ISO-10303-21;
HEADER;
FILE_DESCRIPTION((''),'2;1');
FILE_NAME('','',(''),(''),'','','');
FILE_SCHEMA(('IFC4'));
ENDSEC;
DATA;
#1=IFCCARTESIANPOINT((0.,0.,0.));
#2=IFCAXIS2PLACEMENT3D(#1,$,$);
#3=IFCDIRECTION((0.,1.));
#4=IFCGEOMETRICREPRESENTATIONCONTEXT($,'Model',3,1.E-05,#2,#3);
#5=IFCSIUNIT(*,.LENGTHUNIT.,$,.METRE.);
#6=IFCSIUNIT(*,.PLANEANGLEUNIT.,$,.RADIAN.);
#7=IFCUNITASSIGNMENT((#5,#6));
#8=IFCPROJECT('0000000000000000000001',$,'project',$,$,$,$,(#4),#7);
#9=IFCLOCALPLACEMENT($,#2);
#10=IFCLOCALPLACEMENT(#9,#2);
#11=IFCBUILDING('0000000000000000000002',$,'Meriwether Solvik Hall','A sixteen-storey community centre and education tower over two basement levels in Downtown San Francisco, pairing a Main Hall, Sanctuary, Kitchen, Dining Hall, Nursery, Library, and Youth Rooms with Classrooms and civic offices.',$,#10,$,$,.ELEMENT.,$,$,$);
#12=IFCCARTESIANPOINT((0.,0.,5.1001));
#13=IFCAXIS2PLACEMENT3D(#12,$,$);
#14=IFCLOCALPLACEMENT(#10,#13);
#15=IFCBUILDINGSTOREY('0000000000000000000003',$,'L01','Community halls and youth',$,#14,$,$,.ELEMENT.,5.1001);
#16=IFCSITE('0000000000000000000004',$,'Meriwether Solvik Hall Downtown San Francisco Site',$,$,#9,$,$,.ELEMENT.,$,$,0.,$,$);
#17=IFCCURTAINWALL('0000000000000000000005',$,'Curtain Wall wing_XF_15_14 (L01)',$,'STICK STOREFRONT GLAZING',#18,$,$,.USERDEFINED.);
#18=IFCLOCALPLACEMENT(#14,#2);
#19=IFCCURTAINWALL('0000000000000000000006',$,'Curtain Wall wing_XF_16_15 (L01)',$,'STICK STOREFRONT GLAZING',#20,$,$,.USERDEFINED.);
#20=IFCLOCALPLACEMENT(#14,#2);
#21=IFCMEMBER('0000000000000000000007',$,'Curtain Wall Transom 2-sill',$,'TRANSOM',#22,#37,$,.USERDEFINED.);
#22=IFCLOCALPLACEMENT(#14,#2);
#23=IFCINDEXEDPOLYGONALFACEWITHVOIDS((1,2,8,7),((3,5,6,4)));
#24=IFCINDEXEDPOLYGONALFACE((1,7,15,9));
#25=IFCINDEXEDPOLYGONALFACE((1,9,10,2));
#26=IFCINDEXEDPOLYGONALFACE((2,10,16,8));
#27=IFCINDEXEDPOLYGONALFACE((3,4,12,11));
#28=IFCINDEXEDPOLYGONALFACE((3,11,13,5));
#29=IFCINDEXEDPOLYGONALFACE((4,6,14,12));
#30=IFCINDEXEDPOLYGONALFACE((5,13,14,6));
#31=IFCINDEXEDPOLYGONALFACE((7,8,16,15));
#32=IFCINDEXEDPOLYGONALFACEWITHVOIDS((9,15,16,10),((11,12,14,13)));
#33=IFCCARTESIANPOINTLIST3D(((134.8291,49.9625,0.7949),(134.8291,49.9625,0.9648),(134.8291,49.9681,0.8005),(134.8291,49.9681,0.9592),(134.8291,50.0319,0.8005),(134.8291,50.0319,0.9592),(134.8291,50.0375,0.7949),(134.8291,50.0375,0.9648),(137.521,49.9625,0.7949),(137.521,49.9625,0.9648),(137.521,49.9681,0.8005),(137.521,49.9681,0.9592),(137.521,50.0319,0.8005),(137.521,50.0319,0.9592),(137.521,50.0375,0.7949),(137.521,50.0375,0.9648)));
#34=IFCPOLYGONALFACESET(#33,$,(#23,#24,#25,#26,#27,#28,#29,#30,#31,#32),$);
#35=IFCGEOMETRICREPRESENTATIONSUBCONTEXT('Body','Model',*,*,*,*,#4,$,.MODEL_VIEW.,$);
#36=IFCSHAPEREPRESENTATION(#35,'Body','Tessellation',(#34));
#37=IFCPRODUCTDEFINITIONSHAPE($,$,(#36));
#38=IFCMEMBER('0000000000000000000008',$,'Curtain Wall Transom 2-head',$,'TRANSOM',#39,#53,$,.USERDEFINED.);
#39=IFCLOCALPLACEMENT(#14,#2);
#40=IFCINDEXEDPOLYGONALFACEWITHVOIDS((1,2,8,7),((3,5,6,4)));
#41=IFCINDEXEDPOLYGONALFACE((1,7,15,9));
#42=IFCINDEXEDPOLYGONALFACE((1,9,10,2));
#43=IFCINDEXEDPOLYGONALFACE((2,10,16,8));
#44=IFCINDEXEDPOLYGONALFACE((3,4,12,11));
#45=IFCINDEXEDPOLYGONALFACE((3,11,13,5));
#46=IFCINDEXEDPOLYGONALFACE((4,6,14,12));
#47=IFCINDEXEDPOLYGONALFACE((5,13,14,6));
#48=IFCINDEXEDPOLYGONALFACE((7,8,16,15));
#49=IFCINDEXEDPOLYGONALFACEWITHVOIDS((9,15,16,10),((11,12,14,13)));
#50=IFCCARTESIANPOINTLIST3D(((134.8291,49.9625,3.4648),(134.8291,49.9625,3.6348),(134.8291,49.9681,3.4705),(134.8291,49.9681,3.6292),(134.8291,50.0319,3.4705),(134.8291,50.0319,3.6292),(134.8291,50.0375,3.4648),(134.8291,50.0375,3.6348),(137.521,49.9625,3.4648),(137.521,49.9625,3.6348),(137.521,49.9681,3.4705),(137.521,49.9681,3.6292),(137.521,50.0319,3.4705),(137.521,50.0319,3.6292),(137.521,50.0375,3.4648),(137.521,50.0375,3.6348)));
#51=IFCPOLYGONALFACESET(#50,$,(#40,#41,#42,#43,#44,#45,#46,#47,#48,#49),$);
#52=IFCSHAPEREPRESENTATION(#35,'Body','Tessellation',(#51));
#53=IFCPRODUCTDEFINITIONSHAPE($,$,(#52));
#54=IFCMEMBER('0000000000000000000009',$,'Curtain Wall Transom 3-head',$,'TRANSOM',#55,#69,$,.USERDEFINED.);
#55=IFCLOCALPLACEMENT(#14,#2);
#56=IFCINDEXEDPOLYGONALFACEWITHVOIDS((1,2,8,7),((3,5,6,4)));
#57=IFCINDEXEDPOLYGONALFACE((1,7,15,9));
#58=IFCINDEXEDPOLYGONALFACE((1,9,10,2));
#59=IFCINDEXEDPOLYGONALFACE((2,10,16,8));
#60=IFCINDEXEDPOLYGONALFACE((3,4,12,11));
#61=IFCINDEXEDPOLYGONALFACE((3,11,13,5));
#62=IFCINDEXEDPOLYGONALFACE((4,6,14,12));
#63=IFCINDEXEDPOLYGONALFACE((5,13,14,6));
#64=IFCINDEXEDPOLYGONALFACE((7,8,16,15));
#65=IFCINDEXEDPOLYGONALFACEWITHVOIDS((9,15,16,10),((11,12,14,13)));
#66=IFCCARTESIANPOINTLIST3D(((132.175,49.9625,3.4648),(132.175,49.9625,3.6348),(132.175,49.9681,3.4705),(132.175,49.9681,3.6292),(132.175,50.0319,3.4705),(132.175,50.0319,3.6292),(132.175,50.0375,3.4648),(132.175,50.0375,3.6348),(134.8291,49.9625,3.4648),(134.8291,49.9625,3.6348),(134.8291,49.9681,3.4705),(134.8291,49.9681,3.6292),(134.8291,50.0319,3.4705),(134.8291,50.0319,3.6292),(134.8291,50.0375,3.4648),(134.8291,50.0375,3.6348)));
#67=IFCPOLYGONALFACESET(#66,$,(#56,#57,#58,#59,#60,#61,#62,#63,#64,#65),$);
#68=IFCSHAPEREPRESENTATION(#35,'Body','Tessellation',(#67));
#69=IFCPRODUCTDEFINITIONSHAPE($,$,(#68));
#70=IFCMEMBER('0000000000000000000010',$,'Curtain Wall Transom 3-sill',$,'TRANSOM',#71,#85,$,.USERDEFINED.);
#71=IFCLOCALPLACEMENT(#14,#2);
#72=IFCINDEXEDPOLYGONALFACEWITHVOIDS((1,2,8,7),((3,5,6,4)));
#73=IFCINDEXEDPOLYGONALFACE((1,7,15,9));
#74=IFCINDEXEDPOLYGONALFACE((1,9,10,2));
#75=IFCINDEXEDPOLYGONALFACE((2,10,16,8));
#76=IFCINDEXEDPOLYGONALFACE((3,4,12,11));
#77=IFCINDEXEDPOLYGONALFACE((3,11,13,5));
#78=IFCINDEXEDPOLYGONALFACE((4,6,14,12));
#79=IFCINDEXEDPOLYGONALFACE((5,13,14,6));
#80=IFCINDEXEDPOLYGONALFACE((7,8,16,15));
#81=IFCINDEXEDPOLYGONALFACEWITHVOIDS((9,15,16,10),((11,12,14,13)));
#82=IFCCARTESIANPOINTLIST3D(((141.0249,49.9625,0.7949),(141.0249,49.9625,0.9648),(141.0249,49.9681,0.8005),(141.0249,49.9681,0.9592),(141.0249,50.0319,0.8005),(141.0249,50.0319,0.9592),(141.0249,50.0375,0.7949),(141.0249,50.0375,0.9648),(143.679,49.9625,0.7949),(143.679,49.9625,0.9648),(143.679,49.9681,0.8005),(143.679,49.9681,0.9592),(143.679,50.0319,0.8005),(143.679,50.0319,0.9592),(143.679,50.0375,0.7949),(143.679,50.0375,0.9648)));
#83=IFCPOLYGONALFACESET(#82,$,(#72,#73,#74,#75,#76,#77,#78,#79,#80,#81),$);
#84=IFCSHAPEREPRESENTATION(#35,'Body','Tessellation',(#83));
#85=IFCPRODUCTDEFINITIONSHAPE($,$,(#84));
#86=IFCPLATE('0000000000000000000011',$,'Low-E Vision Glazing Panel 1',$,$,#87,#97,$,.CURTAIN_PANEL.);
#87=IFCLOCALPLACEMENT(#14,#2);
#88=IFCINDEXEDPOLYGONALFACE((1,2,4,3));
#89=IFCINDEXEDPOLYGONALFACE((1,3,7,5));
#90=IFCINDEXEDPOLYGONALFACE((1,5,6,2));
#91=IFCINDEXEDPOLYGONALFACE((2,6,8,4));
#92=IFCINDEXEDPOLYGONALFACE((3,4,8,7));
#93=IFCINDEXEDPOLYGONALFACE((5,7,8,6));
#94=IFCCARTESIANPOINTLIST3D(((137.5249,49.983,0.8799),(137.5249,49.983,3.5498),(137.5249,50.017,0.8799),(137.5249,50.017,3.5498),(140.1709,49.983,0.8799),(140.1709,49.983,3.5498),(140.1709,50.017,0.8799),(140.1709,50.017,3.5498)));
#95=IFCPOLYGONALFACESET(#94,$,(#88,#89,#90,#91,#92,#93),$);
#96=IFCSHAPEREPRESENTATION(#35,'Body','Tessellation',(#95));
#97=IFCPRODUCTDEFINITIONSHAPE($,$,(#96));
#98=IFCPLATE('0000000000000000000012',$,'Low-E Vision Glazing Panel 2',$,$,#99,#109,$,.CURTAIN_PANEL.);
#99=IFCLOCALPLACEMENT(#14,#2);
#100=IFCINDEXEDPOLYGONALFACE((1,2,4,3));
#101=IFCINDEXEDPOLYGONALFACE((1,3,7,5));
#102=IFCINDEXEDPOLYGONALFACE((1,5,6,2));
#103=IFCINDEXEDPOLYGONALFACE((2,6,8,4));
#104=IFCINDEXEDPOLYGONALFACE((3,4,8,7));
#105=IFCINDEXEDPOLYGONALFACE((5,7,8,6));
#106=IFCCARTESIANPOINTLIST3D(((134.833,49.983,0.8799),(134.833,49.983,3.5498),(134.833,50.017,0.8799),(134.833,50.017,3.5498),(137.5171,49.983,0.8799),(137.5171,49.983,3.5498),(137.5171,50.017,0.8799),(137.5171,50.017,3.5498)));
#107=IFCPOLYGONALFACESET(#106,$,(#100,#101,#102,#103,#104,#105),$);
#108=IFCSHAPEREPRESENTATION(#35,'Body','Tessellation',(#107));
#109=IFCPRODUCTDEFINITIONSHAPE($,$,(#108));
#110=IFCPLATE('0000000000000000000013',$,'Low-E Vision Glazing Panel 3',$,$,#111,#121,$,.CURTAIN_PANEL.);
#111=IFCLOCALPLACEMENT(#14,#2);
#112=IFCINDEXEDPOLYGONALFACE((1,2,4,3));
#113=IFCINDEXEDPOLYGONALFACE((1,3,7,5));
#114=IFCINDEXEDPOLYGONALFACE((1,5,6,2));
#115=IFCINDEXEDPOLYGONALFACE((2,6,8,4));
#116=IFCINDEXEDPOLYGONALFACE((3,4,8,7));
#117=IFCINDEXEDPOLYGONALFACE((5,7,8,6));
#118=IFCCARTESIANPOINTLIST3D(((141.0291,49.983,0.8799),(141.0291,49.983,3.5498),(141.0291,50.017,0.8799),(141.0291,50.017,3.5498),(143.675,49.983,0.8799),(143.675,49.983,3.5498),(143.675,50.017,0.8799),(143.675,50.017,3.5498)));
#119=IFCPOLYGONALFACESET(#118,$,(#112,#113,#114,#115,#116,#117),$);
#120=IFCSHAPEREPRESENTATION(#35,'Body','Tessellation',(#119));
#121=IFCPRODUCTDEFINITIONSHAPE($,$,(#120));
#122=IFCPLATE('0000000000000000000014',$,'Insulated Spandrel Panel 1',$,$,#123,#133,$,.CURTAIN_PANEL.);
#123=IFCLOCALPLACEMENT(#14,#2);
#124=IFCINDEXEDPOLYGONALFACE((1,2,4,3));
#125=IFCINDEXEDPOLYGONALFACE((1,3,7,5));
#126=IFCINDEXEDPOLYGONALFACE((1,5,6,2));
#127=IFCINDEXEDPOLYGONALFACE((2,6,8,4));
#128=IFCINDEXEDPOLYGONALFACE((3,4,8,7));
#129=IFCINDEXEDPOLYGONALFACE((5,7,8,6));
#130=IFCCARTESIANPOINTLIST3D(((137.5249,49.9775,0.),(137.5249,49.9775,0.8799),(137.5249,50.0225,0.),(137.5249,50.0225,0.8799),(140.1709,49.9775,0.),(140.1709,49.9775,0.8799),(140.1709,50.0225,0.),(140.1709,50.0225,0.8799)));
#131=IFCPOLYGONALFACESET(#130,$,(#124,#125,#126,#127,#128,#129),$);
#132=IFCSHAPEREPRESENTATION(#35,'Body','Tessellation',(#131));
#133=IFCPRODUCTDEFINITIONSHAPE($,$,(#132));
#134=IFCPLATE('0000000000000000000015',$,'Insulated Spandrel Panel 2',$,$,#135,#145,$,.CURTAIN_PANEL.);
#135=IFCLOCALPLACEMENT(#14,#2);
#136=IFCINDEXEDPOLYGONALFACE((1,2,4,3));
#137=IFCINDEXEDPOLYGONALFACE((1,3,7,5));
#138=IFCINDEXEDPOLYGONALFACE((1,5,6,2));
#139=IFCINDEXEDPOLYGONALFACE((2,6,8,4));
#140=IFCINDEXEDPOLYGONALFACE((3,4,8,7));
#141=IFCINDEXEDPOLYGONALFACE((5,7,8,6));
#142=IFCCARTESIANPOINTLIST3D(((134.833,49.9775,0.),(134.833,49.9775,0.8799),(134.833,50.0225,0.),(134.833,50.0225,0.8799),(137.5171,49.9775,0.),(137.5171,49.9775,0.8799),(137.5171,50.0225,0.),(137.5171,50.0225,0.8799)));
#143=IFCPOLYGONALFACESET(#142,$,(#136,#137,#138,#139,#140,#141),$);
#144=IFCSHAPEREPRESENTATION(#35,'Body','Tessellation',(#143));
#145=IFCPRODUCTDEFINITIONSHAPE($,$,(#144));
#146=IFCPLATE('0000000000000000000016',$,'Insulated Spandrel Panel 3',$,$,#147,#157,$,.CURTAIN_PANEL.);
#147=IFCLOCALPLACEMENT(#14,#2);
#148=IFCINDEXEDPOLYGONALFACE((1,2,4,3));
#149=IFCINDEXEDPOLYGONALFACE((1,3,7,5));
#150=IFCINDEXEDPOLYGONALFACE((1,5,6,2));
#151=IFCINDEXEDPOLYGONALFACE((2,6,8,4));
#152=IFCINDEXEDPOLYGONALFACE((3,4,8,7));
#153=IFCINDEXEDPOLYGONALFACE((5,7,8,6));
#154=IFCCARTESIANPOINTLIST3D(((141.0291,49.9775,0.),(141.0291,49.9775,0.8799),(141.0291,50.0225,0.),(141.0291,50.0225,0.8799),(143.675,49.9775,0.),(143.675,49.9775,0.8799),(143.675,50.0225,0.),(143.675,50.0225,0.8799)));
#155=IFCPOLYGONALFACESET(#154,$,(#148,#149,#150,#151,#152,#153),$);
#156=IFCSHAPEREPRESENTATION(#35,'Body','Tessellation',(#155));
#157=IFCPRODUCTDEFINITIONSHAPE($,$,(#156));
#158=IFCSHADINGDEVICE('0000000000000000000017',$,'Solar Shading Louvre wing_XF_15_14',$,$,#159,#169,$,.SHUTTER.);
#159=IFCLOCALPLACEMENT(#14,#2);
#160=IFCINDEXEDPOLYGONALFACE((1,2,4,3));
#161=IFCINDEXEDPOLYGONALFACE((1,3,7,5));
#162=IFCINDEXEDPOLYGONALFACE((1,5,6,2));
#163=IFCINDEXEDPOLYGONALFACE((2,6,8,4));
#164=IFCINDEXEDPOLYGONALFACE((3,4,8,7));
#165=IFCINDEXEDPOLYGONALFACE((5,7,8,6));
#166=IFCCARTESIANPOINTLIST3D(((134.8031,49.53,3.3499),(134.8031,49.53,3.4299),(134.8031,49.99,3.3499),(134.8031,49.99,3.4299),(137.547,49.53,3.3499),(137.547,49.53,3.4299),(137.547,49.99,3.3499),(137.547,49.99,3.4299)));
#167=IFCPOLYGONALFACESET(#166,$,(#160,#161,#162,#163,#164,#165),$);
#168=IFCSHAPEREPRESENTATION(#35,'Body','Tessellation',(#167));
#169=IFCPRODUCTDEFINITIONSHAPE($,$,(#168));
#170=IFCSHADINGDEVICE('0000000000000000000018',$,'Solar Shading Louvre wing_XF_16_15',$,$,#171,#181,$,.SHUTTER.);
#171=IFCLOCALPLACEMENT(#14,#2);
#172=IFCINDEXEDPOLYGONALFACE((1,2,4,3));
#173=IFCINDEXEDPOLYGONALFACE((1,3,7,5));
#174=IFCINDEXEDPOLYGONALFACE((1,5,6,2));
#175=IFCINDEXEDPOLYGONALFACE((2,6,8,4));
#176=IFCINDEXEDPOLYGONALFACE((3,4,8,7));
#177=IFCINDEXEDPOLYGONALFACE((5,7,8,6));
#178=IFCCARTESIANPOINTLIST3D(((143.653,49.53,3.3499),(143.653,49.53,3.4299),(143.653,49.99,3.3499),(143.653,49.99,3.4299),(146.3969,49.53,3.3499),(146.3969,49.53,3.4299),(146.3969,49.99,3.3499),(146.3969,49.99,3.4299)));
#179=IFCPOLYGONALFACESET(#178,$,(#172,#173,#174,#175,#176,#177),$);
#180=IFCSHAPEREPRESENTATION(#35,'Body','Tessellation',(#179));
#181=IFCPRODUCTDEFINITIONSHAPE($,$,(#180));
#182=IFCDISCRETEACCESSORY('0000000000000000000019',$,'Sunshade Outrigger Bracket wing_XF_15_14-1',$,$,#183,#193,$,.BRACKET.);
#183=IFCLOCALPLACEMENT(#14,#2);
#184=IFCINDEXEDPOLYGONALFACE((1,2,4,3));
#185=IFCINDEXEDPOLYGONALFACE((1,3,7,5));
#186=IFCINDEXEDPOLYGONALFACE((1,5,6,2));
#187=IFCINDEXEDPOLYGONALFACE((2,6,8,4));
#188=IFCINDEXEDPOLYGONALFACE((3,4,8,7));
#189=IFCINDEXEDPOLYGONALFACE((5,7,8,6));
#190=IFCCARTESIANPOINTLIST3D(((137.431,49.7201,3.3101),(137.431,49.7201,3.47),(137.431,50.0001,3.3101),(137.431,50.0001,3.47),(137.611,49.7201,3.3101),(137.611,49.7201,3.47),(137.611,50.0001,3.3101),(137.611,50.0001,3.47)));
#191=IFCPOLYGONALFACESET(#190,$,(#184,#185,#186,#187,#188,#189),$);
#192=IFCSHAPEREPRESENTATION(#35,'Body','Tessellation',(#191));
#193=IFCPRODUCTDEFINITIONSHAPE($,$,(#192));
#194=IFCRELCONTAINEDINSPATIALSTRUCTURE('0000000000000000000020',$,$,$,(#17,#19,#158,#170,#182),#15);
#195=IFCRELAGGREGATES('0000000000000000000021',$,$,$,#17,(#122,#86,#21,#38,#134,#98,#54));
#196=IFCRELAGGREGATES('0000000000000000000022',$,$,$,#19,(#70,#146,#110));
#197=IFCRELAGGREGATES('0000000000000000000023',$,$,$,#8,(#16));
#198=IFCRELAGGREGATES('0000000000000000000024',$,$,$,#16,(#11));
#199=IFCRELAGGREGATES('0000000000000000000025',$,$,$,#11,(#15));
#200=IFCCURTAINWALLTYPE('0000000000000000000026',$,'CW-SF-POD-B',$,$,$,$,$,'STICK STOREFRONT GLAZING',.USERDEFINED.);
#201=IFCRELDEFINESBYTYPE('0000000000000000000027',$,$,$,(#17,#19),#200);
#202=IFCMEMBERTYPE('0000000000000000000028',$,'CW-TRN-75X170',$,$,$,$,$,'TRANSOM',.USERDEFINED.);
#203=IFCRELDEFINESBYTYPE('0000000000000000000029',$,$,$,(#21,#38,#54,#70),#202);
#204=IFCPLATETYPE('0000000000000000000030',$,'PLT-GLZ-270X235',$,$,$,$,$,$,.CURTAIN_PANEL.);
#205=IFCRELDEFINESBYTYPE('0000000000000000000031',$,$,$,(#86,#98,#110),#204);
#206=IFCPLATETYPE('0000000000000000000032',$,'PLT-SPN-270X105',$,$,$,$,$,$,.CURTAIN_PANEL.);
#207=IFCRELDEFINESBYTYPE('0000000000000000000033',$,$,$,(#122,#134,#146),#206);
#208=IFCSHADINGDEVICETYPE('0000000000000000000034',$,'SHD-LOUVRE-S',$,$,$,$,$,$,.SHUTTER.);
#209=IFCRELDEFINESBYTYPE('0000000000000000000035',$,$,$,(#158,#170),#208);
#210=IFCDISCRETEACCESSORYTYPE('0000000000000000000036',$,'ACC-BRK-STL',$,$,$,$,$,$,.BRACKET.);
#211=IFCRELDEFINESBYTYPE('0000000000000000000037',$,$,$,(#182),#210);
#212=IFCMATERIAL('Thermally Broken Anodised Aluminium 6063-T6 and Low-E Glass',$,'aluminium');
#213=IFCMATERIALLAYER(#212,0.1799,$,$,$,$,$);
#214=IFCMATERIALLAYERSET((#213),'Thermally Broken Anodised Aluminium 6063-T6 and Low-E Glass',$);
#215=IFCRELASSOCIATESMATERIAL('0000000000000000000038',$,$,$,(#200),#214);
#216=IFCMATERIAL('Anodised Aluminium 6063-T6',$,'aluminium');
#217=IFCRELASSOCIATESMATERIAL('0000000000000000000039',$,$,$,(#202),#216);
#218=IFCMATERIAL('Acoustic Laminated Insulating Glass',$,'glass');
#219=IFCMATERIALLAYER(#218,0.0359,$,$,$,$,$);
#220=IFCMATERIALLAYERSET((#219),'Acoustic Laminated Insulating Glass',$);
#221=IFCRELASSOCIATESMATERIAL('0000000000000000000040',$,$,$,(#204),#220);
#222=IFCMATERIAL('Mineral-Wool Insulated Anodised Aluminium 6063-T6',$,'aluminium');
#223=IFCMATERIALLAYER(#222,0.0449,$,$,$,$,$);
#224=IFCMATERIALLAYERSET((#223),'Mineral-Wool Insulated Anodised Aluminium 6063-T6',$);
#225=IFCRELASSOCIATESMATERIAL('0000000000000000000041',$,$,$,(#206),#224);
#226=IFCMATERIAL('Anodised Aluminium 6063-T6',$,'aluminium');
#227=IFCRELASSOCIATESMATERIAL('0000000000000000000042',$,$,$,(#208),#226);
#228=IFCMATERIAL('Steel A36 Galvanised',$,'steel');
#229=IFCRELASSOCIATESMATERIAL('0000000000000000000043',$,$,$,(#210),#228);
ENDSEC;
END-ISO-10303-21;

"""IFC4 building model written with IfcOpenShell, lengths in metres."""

from ifc_helpers import new_model, si_unit, direction, frame, origin, origin_2d, place, context, subcontext, project, spatial, rectangle, hollow_rectangle, extrude, material, layer, layer_set, material_profile, profile_set, type_object, element, aggregate, save


model = new_model("IFC4")

# Units and contexts
model_context = context("Model", 3, precision=1e-05, world=origin(), true_north=direction((0.0, 1.0)))
body_context = subcontext(model_context, "Body", "Model", "MODEL_VIEW")
ifc_project = project(units=[si_unit("LENGTHUNIT", "METRE"), si_unit("PLANEANGLEUNIT", "RADIAN")], contexts=[model_context])

# Site, building, storey
site_placement = place(None, origin())
site = spatial("IfcSite", under=ifc_project, at=site_placement, Name="Meriwether Solvik Hall Downtown San Francisco Site", CompositionType="ELEMENT", RefElevation=0.0)
building_placement = place(site_placement, origin())
building = spatial("IfcBuilding", under=site, at=building_placement, Name="Meriwether Solvik Hall", Description="A sixteen-storey community centre and education tower over two basement levels in Downtown San Francisco, pairing a Main Hall, Sanctuary, Kitchen, Dining Hall, Nursery, Library, and Youth Rooms with Classrooms and civic offices.", CompositionType="ELEMENT")
storey_placement = place(building_placement, frame((0.0, 0.0, 5.1001)))
storey = spatial("IfcBuildingStorey", under=building, at=storey_placement, Name="L01", Description="Community halls and youth", CompositionType="ELEMENT", Elevation=5.1001)

# Curtain walls
ifc_material_1 = material(Name="Thermally Broken Anodised Aluminium 6063-T6 and Low-E Glass", Category="aluminium")
ifc_layer_1 = layer(ifc_material_1, 0.1799)
ifc_layer_set_1 = layer_set([ifc_layer_1], Name="Thermally Broken Anodised Aluminium 6063-T6 and Low-E Glass")
curtain_wall_type = type_object("IfcCurtainWallType", Name="CW-SF-POD-B", ElementType="STICK STOREFRONT GLAZING", PredefinedType="USERDEFINED", material=ifc_layer_set_1)
curtain_wall_1_placement = place(storey_placement, origin())
curtain_wall_1 = element("IfcCurtainWall", 1, at=curtain_wall_1_placement, inside=storey, type_object=curtain_wall_type, Name="Curtain Wall wing_XF_15_14 (L01)", ObjectType="STICK STOREFRONT GLAZING", PredefinedType="USERDEFINED")
curtain_wall_2_placement = place(storey_placement, origin())
curtain_wall_2 = element("IfcCurtainWall", 2, at=curtain_wall_2_placement, inside=storey, type_object=curtain_wall_type, Name="Curtain Wall wing_XF_16_15 (L01)", ObjectType="STICK STOREFRONT GLAZING", PredefinedType="USERDEFINED")

# Members
ifc_material_2 = material(Name="Anodised Aluminium 6063-T6", Category="aluminium")
ifc_material_profile_1 = material_profile(ifc_material_2, hollow_rectangle(XDim=0.075, YDim=0.1699, WallThickness=0.0056, at=origin_2d()), Name="CWT-75X170")
ifc_profile_set_1 = profile_set([ifc_material_profile_1], Name="Anodised Aluminium 6063-T6")
member_type_1 = type_object("IfcMemberType", Name="CW-TRN-75X170", ElementType="TRANSOM", PredefinedType="USERDEFINED", material=ifc_profile_set_1)
member_1_placement = place(storey_placement, frame((137.521, 50.0, 0.8799), z_axis=(-1.0, 0.0, 0.0), x_axis=(0.0, -1.0, 0.0)))
member_1 = element("IfcMember", 3, at=member_1_placement, type_object=member_type_1, Name="Curtain Wall Transom 2-sill", ObjectType="TRANSOM", PredefinedType="USERDEFINED", context=body_context, shape_type="SweptSolid", body=[
    extrude(hollow_rectangle(XDim=0.075, YDim=0.1699, WallThickness=0.0056, at=origin_2d()), origin(), (0.0, 0.0, 1.0), 2.6919),
])
member_2_placement = place(storey_placement, frame((137.521, 50.0, 3.5498), z_axis=(-1.0, 0.0, 0.0), x_axis=(0.0, -1.0, 0.0)))
member_2 = element("IfcMember", 4, at=member_2_placement, type_object=member_type_1, Name="Curtain Wall Transom 2-head", ObjectType="TRANSOM", PredefinedType="USERDEFINED", context=body_context, shape_type="SweptSolid", body=[
    extrude(hollow_rectangle(XDim=0.075, YDim=0.1699, WallThickness=0.0056, at=origin_2d()), origin(), (0.0, 0.0, 1.0), 2.6919),
])
member_3_placement = place(storey_placement, frame((134.8291, 50.0, 3.5498), z_axis=(-1.0, 0.0, 0.0), x_axis=(0.0, -1.0, 0.0)))
member_3 = element("IfcMember", 5, at=member_3_placement, type_object=member_type_1, Name="Curtain Wall Transom 3-head", ObjectType="TRANSOM", PredefinedType="USERDEFINED", context=body_context, shape_type="SweptSolid", body=[
    extrude(hollow_rectangle(XDim=0.075, YDim=0.1699, WallThickness=0.0056, at=origin_2d()), origin(), (0.0, 0.0, 1.0), 2.6541),
])
member_4_placement = place(storey_placement, frame((143.679, 50.0, 0.8799), z_axis=(-1.0, 0.0, 0.0), x_axis=(0.0, -1.0, 0.0)))
member_4 = element("IfcMember", 6, at=member_4_placement, type_object=member_type_1, Name="Curtain Wall Transom 3-sill", ObjectType="TRANSOM", PredefinedType="USERDEFINED", context=body_context, shape_type="SweptSolid", body=[
    extrude(hollow_rectangle(XDim=0.075, YDim=0.1699, WallThickness=0.0056, at=origin_2d()), origin(), (0.0, 0.0, 1.0), 2.6541),
])

# Plates
ifc_material_3 = material(Name="Acoustic Laminated Insulating Glass", Category="glass")
ifc_layer_2 = layer(ifc_material_3, 0.0359)
ifc_layer_set_2 = layer_set([ifc_layer_2], Name="Acoustic Laminated Insulating Glass")
plate_type_1 = type_object("IfcPlateType", Name="PLT-GLZ-270X235", PredefinedType="CURTAIN_PANEL", material=ifc_layer_set_2)
plate_1_placement = place(storey_placement, frame((138.8479, 50.0, 0.8799), z_axis=(0.0, 0.0, 1.0), x_axis=(-1.0, 0.0, 0.0)))
plate_1 = element("IfcPlate", 7, at=plate_1_placement, type_object=plate_type_1, Name="Low-E Vision Glazing Panel 1", PredefinedType="CURTAIN_PANEL", context=body_context, shape_type="SweptSolid", body=[
    extrude(rectangle(XDim=2.646, YDim=0.0339, at=origin_2d()), origin(), (0.0, 0.0, 1.0), 2.6699),
])
plate_2_placement = place(storey_placement, frame((136.175, 50.0, 0.8799), z_axis=(0.0, 0.0, 1.0), x_axis=(-1.0, 0.0, 0.0)))
plate_2 = element("IfcPlate", 8, at=plate_2_placement, type_object=plate_type_1, Name="Low-E Vision Glazing Panel 2", PredefinedType="CURTAIN_PANEL", context=body_context, shape_type="SweptSolid", body=[
    extrude(rectangle(XDim=2.6841, YDim=0.0339, at=origin_2d()), origin(), (0.0, 0.0, 1.0), 2.6699),
])
plate_3_placement = place(storey_placement, frame((142.3521, 50.0, 0.8799), z_axis=(0.0, 0.0, 1.0), x_axis=(-1.0, 0.0, 0.0)))
plate_3 = element("IfcPlate", 9, at=plate_3_placement, type_object=plate_type_1, Name="Low-E Vision Glazing Panel 3", PredefinedType="CURTAIN_PANEL", context=body_context, shape_type="SweptSolid", body=[
    extrude(rectangle(XDim=2.646, YDim=0.0339, at=origin_2d()), origin(), (0.0, 0.0, 1.0), 2.6699),
])
ifc_material_4 = material(Name="Mineral-Wool Insulated Anodised Aluminium 6063-T6", Category="aluminium")
ifc_layer_3 = layer(ifc_material_4, 0.0449)
ifc_layer_set_3 = layer_set([ifc_layer_3], Name="Mineral-Wool Insulated Anodised Aluminium 6063-T6")
plate_type_2 = type_object("IfcPlateType", Name="PLT-SPN-270X105", PredefinedType="CURTAIN_PANEL", material=ifc_layer_set_3)
plate_4_placement = place(storey_placement, frame((138.8479, 50.0, 0.0), z_axis=(0.0, 0.0, 1.0), x_axis=(-1.0, 0.0, 0.0)))
plate_4 = element("IfcPlate", 10, at=plate_4_placement, type_object=plate_type_2, Name="Insulated Spandrel Panel 1", PredefinedType="CURTAIN_PANEL", context=body_context, shape_type="SweptSolid", body=[
    extrude(rectangle(XDim=2.646, YDim=0.0449, at=origin_2d()), origin(), (0.0, 0.0, 1.0), 0.8799),
])
plate_5_placement = place(storey_placement, frame((136.175, 50.0, 0.0), z_axis=(0.0, 0.0, 1.0), x_axis=(-1.0, 0.0, 0.0)))
plate_5 = element("IfcPlate", 11, at=plate_5_placement, type_object=plate_type_2, Name="Insulated Spandrel Panel 2", PredefinedType="CURTAIN_PANEL", context=body_context, shape_type="SweptSolid", body=[
    extrude(rectangle(XDim=2.6841, YDim=0.0449, at=origin_2d()), origin(), (0.0, 0.0, 1.0), 0.8799),
])
aggregate(curtain_wall_1, [plate_4, plate_1, member_1, member_2, plate_5, plate_2, member_3])
plate_6_placement = place(storey_placement, frame((142.3521, 50.0, 0.0), z_axis=(0.0, 0.0, 1.0), x_axis=(-1.0, 0.0, 0.0)))
plate_6 = element("IfcPlate", 12, at=plate_6_placement, type_object=plate_type_2, Name="Insulated Spandrel Panel 3", PredefinedType="CURTAIN_PANEL", context=body_context, shape_type="SweptSolid", body=[
    extrude(rectangle(XDim=2.646, YDim=0.0449, at=origin_2d()), origin(), (0.0, 0.0, 1.0), 0.8799),
])
aggregate(curtain_wall_2, [member_4, plate_6, plate_3])

# Shading devices
ifc_material_5 = material(Name="Anodised Aluminium 6063-T6", Category="aluminium")
shading_device_type = type_object("IfcShadingDeviceType", Name="SHD-LOUVRE-S", PredefinedType="SHUTTER", material=ifc_material_5)
for number, where, z_axis, x_axis, name in (
    (13, (136.175, 49.76, 3.3499), (0.0, 0.0, 1.0), (-1.0, 0.0, 0.0), "Solar Shading Louvre wing_XF_15_14"),
    (14, (145.0249, 49.76, 3.3499), (0.0, 0.0, 1.0), (-1.0, 0.0, 0.0), "Solar Shading Louvre wing_XF_16_15"),
):
    element("IfcShadingDevice", number, at=place(storey_placement, frame(where, z_axis=z_axis, x_axis=x_axis)), inside=storey, type_object=shading_device_type, Name=name, PredefinedType="SHUTTER", context=body_context, shape_type="SweptSolid", body=[
        extrude(rectangle(XDim=2.7439, YDim=0.46, at=origin_2d()), origin(), (0.0, 0.0, 1.0), 0.0801),
    ])

# Discrete accessory
ifc_material_6 = material(Name="Steel A36 Galvanised", Category="steel")
discrete_accessory_type = type_object("IfcDiscreteAccessoryType", Name="ACC-BRK-STL", PredefinedType="BRACKET", material=ifc_material_6)
for number, where, z_axis, x_axis, name in (
    (15, (137.521, 49.8601, 3.3101), (0.0, 0.0, 1.0), (-1.0, 0.0, 0.0), "Sunshade Outrigger Bracket wing_XF_15_14-1"),
):
    element("IfcDiscreteAccessory", number, at=place(storey_placement, frame(where, z_axis=z_axis, x_axis=x_axis)), inside=storey, type_object=discrete_accessory_type, Name=name, PredefinedType="BRACKET", context=body_context, shape_type="SweptSolid", body=[
        extrude(rectangle(XDim=0.1799, YDim=0.28, at=origin_2d()), origin(), (0.0, 0.0, 1.0), 0.1599),
    ])

save(model, "model.ifc")
